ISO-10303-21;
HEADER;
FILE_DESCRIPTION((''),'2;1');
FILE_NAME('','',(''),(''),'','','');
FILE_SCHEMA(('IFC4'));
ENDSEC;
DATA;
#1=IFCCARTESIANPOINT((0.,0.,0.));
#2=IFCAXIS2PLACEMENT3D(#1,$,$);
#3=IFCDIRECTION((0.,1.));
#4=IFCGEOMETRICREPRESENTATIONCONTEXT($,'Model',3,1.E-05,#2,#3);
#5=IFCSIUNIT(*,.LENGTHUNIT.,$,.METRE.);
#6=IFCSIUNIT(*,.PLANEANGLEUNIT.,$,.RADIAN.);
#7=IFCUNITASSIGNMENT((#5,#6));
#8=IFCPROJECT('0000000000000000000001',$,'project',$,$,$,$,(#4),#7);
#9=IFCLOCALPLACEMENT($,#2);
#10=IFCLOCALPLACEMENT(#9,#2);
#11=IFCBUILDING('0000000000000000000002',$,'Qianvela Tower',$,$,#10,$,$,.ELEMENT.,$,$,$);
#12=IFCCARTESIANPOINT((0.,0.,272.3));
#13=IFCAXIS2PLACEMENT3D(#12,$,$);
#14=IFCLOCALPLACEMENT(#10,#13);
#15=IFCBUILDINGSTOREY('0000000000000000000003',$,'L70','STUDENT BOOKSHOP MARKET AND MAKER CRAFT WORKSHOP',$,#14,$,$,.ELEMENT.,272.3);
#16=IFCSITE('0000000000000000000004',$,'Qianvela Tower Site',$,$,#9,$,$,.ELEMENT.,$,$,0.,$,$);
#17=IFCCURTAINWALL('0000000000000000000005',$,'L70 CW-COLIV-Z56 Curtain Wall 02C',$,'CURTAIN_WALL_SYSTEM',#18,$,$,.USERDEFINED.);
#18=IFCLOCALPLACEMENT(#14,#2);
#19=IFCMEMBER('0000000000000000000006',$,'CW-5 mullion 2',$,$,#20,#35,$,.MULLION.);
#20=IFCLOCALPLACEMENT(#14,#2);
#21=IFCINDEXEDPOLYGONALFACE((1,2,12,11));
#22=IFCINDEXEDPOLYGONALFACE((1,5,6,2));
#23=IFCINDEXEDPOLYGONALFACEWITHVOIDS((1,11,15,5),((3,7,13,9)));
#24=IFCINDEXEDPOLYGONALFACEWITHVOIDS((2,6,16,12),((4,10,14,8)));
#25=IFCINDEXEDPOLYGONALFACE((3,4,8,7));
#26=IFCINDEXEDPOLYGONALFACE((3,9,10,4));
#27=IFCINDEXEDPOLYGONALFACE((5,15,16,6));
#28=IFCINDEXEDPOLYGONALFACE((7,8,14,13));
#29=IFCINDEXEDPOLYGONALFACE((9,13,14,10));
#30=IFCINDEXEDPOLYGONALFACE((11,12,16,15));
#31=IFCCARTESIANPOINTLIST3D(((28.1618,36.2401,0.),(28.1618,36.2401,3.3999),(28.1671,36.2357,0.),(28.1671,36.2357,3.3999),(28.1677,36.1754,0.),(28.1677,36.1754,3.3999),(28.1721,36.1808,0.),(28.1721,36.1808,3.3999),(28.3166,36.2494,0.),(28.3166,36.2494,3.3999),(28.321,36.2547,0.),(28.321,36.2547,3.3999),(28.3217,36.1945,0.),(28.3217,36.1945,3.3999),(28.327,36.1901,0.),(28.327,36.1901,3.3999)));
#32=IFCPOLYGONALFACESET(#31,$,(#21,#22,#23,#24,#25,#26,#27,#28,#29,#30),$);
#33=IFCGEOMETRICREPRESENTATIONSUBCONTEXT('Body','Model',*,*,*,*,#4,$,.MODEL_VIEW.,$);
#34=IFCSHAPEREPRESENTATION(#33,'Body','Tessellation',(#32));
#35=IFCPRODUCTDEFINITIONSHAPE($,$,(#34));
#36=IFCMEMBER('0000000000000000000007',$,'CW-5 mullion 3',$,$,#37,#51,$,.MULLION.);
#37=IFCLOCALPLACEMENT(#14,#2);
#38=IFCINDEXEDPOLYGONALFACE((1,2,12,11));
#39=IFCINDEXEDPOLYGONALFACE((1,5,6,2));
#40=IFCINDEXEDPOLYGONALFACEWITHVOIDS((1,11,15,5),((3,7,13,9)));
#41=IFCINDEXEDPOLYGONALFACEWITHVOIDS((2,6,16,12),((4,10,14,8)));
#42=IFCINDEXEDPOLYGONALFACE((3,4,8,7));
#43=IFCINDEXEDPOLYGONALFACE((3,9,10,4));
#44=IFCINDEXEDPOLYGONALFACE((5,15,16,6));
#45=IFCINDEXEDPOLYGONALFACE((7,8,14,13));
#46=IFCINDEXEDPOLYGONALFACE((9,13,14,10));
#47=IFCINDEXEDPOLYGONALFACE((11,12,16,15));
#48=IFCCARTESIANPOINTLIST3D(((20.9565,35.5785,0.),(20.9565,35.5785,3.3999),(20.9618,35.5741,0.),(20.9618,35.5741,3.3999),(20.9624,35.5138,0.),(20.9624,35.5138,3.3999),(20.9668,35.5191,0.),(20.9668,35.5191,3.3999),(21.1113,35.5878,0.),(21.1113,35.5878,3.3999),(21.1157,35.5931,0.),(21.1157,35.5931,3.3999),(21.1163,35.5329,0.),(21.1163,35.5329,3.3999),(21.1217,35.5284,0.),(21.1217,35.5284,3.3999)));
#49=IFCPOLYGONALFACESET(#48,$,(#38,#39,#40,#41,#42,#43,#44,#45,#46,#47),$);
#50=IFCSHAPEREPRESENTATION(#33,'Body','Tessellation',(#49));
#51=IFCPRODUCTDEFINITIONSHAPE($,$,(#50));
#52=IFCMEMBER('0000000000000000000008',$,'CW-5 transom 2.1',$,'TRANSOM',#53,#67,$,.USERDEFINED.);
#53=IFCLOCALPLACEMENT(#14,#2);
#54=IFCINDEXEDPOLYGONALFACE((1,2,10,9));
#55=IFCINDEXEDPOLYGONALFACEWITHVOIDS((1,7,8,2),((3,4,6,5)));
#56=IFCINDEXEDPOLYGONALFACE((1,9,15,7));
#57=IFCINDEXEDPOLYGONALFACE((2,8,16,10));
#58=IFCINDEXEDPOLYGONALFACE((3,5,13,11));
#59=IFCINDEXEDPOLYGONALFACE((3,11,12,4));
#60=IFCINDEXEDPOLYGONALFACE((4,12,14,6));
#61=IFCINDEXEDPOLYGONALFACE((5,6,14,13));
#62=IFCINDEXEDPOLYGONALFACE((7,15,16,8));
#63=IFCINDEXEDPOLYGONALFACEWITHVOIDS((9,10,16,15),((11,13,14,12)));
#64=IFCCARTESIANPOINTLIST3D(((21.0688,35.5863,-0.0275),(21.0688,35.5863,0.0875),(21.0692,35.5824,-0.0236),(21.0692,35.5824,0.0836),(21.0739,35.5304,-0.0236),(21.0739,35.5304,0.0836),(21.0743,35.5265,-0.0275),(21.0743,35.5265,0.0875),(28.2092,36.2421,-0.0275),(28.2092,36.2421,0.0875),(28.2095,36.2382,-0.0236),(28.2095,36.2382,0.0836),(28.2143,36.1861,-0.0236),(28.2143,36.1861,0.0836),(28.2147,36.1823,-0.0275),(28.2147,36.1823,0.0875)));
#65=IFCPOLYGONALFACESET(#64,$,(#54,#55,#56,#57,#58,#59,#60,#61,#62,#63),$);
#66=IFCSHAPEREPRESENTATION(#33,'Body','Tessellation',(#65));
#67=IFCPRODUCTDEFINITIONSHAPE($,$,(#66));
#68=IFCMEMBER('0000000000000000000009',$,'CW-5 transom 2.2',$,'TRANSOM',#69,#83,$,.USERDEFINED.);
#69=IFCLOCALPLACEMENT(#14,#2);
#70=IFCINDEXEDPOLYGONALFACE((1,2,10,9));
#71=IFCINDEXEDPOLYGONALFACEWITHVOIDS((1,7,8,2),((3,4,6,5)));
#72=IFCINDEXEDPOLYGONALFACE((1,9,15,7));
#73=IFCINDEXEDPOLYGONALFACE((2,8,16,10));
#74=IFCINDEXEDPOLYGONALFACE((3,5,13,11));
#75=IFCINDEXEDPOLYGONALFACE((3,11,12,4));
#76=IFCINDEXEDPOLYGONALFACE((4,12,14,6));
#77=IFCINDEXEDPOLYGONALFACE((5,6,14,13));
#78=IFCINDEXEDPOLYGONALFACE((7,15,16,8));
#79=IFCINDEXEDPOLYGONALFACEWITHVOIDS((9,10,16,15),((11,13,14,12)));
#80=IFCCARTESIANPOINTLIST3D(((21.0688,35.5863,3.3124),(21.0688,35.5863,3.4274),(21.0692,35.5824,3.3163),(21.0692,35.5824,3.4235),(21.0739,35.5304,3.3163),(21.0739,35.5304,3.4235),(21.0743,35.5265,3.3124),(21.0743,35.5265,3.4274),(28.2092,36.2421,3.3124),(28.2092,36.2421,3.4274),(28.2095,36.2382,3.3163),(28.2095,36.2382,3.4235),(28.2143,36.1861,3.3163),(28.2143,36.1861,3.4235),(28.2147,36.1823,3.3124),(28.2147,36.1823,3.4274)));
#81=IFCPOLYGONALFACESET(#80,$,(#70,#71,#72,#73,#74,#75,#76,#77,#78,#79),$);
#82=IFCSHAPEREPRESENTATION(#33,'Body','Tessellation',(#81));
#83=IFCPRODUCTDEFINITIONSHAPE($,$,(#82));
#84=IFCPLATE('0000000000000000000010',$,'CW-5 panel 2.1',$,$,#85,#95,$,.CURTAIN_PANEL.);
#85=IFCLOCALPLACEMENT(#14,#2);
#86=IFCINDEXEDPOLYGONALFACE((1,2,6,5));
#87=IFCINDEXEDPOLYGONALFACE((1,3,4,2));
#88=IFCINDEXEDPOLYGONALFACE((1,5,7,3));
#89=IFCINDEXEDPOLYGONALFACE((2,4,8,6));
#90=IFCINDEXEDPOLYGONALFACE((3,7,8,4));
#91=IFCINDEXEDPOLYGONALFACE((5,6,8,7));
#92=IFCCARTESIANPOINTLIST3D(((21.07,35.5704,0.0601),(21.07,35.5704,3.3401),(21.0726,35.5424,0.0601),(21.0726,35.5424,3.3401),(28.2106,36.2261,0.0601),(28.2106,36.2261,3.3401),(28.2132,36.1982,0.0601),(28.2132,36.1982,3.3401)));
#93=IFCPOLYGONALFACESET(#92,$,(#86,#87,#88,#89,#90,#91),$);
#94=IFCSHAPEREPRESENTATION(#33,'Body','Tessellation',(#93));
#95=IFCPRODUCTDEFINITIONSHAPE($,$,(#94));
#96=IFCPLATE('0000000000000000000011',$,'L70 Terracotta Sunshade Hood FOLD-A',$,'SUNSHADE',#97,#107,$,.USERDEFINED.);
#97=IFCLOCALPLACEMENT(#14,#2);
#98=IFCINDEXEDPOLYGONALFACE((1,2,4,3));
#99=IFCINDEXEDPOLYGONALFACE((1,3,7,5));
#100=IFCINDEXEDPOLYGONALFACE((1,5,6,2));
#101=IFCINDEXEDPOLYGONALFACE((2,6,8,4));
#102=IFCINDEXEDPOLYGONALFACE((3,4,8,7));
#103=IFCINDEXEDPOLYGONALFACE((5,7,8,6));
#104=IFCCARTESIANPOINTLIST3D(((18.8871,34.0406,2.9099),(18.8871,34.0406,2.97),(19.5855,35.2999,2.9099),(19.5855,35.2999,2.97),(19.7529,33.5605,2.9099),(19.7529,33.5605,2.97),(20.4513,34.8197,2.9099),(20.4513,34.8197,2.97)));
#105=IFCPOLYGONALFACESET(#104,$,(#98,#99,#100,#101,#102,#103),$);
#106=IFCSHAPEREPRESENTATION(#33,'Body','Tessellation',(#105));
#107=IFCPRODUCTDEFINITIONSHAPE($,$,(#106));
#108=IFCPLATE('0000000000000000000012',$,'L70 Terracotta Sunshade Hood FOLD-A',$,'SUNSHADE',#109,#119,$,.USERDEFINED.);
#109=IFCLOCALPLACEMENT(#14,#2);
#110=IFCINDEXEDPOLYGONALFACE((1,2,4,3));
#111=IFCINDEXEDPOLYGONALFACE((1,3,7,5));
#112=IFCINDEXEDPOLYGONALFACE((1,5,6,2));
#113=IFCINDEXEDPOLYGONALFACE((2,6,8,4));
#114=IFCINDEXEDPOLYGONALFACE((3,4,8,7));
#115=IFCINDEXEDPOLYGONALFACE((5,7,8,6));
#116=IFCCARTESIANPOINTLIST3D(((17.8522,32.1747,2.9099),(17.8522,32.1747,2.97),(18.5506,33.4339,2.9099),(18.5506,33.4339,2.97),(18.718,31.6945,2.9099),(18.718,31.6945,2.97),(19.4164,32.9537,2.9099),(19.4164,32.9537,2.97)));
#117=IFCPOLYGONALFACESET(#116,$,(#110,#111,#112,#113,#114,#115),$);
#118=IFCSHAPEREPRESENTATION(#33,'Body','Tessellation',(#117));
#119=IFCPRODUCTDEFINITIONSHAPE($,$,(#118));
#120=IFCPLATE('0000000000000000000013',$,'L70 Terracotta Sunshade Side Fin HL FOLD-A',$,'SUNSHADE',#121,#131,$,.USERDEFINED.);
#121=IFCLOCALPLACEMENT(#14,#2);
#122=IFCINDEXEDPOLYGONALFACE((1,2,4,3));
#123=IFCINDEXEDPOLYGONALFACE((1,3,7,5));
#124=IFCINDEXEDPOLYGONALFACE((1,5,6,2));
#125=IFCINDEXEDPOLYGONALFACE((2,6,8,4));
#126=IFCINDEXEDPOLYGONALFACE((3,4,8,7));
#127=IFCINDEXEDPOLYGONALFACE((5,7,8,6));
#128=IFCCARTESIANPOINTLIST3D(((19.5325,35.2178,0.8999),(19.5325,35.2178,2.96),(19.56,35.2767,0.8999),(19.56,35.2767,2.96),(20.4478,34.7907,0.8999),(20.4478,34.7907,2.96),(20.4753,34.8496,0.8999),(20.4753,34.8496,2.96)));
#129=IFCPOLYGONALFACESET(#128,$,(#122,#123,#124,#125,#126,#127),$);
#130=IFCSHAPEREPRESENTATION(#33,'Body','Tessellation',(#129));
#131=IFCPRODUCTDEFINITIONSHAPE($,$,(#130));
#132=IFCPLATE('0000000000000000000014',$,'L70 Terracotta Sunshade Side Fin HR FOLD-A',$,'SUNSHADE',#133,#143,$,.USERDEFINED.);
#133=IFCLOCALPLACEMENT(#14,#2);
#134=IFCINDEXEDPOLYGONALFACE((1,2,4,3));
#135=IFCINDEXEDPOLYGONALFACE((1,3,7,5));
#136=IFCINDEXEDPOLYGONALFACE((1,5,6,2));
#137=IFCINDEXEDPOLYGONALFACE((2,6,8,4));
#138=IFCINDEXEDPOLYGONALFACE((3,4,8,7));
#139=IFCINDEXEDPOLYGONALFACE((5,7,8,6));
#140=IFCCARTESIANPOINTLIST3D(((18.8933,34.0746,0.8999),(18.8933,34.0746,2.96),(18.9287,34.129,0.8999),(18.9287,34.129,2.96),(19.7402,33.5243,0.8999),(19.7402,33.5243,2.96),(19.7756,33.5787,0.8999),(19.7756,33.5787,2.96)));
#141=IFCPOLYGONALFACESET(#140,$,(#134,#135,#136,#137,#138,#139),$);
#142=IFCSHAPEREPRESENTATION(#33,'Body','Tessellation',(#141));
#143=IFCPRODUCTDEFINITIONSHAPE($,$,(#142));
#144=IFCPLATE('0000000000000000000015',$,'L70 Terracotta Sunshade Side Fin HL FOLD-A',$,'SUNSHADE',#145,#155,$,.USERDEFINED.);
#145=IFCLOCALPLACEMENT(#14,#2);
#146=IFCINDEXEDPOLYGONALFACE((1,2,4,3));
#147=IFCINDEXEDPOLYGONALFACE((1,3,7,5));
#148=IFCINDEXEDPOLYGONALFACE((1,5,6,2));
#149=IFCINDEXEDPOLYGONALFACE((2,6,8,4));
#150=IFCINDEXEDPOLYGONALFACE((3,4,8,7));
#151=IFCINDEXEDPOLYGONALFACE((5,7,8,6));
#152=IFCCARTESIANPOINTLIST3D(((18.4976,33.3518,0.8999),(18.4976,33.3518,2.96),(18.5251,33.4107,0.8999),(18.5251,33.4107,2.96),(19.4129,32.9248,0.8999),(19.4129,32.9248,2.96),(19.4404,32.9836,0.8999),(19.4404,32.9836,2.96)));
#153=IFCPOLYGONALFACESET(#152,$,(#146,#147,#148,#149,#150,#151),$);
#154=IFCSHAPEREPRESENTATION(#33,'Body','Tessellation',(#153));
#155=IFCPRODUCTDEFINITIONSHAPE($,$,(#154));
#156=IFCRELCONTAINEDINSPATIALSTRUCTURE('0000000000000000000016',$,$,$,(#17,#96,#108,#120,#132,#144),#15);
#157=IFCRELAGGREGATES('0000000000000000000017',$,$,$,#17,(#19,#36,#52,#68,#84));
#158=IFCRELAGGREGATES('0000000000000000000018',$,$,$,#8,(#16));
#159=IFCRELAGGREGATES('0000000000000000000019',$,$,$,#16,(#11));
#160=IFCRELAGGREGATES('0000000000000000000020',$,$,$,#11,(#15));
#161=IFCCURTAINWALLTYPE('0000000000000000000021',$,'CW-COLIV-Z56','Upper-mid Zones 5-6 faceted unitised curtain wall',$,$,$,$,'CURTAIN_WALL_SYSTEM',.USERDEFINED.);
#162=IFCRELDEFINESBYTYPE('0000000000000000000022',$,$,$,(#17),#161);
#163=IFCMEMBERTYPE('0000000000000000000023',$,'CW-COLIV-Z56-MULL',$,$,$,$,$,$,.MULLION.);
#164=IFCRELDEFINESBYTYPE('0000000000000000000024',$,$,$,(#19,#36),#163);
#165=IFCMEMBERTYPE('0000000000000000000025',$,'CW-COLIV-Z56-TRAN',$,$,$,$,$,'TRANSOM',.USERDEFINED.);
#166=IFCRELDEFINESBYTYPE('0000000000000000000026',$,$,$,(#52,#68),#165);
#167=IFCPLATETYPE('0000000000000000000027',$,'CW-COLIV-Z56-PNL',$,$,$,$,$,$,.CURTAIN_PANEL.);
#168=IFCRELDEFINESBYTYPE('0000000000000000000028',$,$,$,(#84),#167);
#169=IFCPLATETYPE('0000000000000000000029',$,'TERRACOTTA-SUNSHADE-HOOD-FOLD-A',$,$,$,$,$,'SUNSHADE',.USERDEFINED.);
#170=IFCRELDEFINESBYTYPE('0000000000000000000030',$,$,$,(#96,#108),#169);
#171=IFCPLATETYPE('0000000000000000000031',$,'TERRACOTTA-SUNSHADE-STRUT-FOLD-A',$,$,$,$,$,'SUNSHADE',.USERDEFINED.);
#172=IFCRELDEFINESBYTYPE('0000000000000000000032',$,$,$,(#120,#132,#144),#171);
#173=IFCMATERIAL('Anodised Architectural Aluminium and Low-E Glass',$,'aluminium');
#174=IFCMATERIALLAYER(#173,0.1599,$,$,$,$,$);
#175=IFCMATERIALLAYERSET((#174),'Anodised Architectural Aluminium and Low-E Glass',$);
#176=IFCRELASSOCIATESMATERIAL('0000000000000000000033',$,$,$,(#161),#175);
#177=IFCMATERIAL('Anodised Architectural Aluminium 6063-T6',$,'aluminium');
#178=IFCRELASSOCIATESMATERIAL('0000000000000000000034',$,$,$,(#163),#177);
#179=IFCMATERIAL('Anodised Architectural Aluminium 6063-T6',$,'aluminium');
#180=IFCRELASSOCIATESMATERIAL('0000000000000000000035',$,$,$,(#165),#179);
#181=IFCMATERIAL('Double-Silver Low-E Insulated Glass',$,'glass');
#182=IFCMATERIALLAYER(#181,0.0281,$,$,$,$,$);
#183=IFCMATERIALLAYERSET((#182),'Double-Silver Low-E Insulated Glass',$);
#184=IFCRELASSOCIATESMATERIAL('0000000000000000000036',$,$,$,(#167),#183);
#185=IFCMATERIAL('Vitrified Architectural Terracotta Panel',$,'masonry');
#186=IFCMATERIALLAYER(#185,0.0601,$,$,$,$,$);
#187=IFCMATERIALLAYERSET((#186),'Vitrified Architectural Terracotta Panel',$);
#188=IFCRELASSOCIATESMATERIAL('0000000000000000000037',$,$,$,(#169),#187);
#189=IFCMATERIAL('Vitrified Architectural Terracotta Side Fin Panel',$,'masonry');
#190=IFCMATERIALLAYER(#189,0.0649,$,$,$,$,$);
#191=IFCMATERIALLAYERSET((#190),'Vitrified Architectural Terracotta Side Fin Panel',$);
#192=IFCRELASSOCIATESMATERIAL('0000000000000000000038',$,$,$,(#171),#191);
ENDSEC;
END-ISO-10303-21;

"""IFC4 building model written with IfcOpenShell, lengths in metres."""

from ifc_helpers import new_model, si_unit, direction, frame, origin, origin_2d, place, context, subcontext, project, spatial, rectangle, hollow_rectangle, extrude, material, layer, layer_set, material_profile, profile_set, type_object, element, aggregate, save


model = new_model("IFC4")

# Units and contexts
model_context = context("Model", 3, precision=1e-05, world=origin(), true_north=direction((0.0, 1.0)))
body_context = subcontext(model_context, "Body", "Model", "MODEL_VIEW")
ifc_project = project(units=[si_unit("LENGTHUNIT", "METRE"), si_unit("PLANEANGLEUNIT", "RADIAN")], contexts=[model_context])

# Site, building, storey
site_placement = place(None, origin())
site = spatial("IfcSite", under=ifc_project, at=site_placement, Name="Qianvela Tower Site", CompositionType="ELEMENT", RefElevation=0.0)
building_placement = place(site_placement, origin())
building = spatial("IfcBuilding", under=site, at=building_placement, Name="Qianvela Tower", CompositionType="ELEMENT")
storey_placement = place(building_placement, frame((0.0, 0.0, 272.3)))
storey = spatial("IfcBuildingStorey", under=building, at=storey_placement, Name="L70", Description="STUDENT BOOKSHOP MARKET AND MAKER CRAFT WORKSHOP", CompositionType="ELEMENT", Elevation=272.3)

# Curtain wall, members, plate
ifc_material_1 = material(Name="Anodised Architectural Aluminium and Low-E Glass", Category="aluminium")
ifc_layer_1 = layer(ifc_material_1, 0.1599)
ifc_layer_set_1 = layer_set([ifc_layer_1], Name="Anodised Architectural Aluminium and Low-E Glass")
curtain_wall_type = type_object("IfcCurtainWallType", Name="CW-COLIV-Z56", Description="Upper-mid Zones 5-6 faceted unitised curtain wall", ElementType="CURTAIN_WALL_SYSTEM", PredefinedType="USERDEFINED", material=ifc_layer_set_1)
curtain_wall_placement = place(storey_placement, origin())
curtain_wall = element("IfcCurtainWall", 1, at=curtain_wall_placement, inside=storey, type_object=curtain_wall_type, Name="L70 CW-COLIV-Z56 Curtain Wall 02C", ObjectType="CURTAIN_WALL_SYSTEM", PredefinedType="USERDEFINED")
ifc_material_2 = material(Name="Anodised Architectural Aluminium 6063-T6", Category="aluminium")
ifc_material_profile_1 = material_profile(ifc_material_2, hollow_rectangle(XDim=0.0649, YDim=0.1599, WallThickness=0.0049, at=origin_2d()), Name="ALU-MULL-65x160")
ifc_profile_set_1 = profile_set([ifc_material_profile_1], Name="Anodised Architectural Aluminium 6063-T6")
member_type_1 = type_object("IfcMemberType", Name="CW-COLIV-Z56-MULL", PredefinedType="MULLION", material=ifc_profile_set_1)
member_1_placement = place(storey_placement, frame((28.2444, 36.2151, 0.0), z_axis=(0.0, 0.0, 1.0), x_axis=(0.091448, -0.99581, 0.0)))
member_1 = element("IfcMember", 2, at=member_1_placement, type_object=member_type_1, Name="CW-5 mullion 2", PredefinedType="MULLION", context=body_context, shape_type="SweptSolid", body=[
    extrude(hollow_rectangle(XDim=0.0649, YDim=0.1599, WallThickness=0.0049, at=origin_2d()), origin(), (0.0, 0.0, 1.0), 3.3999),
])
member_2_placement = place(storey_placement, frame((21.0391, 35.5535, 0.0), z_axis=(0.0, 0.0, 1.0), x_axis=(0.091448, -0.99581, 0.0)))
member_2 = element("IfcMember", 3, at=member_2_placement, type_object=member_type_1, Name="CW-5 mullion 3", PredefinedType="MULLION", context=body_context, shape_type="SweptSolid", body=[
    extrude(hollow_rectangle(XDim=0.0649, YDim=0.1599, WallThickness=0.0049, at=origin_2d()), origin(), (0.0, 0.0, 1.0), 3.3999),
])
ifc_material_3 = material(Name="Anodised Architectural Aluminium 6063-T6", Category="aluminium")
ifc_material_profile_2 = material_profile(ifc_material_3, hollow_rectangle(XDim=0.0601, YDim=0.115, WallThickness=0.0039, at=origin_2d()), Name="ALU-TRAN-60x115")
ifc_profile_set_2 = profile_set([ifc_material_profile_2], Name="Anodised Architectural Aluminium 6063-T6")
member_type_2 = type_object("IfcMemberType", Name="CW-COLIV-Z56-TRAN", ElementType="TRANSOM", PredefinedType="USERDEFINED", material=ifc_profile_set_2)
member_3_placement = place(storey_placement, frame((28.2119, 36.2122, 0.03), z_axis=(-0.995809, -0.091454, 0.0), x_axis=(0.091454, -0.995809, 0.0)))
member_3 = element("IfcMember", 4, at=member_3_placement, type_object=member_type_2, Name="CW-5 transom 2.1", ObjectType="TRANSOM", PredefinedType="USERDEFINED", context=body_context, shape_type="SweptSolid", body=[
    extrude(hollow_rectangle(XDim=0.0601, YDim=0.115, WallThickness=0.0039, at=origin_2d()), origin(), (0.0, 0.0, 1.0), 7.1704),
])
member_4_placement = place(storey_placement, frame((28.2119, 36.2122, 3.3699), z_axis=(-0.995809, -0.091454, 0.0), x_axis=(0.091454, -0.995809, 0.0)))
member_4 = element("IfcMember", 5, at=member_4_placement, type_object=member_type_2, Name="CW-5 transom 2.2", ObjectType="TRANSOM", PredefinedType="USERDEFINED", context=body_context, shape_type="SweptSolid", body=[
    extrude(hollow_rectangle(XDim=0.0601, YDim=0.115, WallThickness=0.0039, at=origin_2d()), origin(), (0.0, 0.0, 1.0), 7.1704),
])
ifc_material_4 = material(Name="Double-Silver Low-E Insulated Glass", Category="glass")
ifc_layer_2 = layer(ifc_material_4, 0.0281)
ifc_layer_set_2 = layer_set([ifc_layer_2], Name="Double-Silver Low-E Insulated Glass")
plate_type_1 = type_object("IfcPlateType", Name="CW-COLIV-Z56-PNL", PredefinedType="CURTAIN_PANEL", material=ifc_layer_set_2)
plate_placement = place(storey_placement, frame((24.6416, 35.8843, 0.0601), z_axis=(0.0, 0.0, 1.0), x_axis=(-0.99581, -0.091448, 0.0)))
plate = element("IfcPlate", 6, at=plate_placement, type_object=plate_type_1, Name="CW-5 panel 2.1", PredefinedType="CURTAIN_PANEL", context=body_context, shape_type="SweptSolid", body=[
    extrude(rectangle(XDim=7.1707, YDim=0.0281, at=origin_2d()), origin(), (0.0, 0.0, 1.0), 3.28),
])
aggregate(curtain_wall, [member_1, member_2, member_3, member_4, plate])

# Plates
ifc_material_5 = material(Name="Vitrified Architectural Terracotta Panel", Category="masonry")
ifc_layer_3 = layer(ifc_material_5, 0.0601)
ifc_layer_set_3 = layer_set([ifc_layer_3], Name="Vitrified Architectural Terracotta Panel")
plate_type_2 = type_object("IfcPlateType", Name="TERRACOTTA-SUNSHADE-HOOD-FOLD-A", ElementType="SUNSHADE", PredefinedType="USERDEFINED", material=ifc_layer_set_3)
for number, where, z_axis, x_axis, name in (
    (7, (19.6692, 34.4302, 2.9099), (0.0, 0.0, 1.0), (-0.48502, -0.874503, 0.0), "L70 Terracotta Sunshade Hood FOLD-A"),
    (8, (18.6343, 32.5642, 2.9099), (0.0, 0.0, 1.0), (-0.48502, -0.874503, 0.0), "L70 Terracotta Sunshade Hood FOLD-A"),
):
    element("IfcPlate", number, at=place(storey_placement, frame(where, z_axis=z_axis, x_axis=x_axis)), inside=storey, type_object=plate_type_2, Name=name, ObjectType="SUNSHADE", PredefinedType="USERDEFINED", context=body_context, shape_type="SweptSolid", body=[
        extrude(rectangle(XDim=1.4399, YDim=0.99, at=origin_2d()), origin(), (0.0, 0.0, 1.0), 0.0601),
    ])
ifc_material_6 = material(Name="Vitrified Architectural Terracotta Side Fin Panel", Category="masonry")
ifc_layer_4 = layer(ifc_material_6, 0.0649)
ifc_layer_set_4 = layer_set([ifc_layer_4], Name="Vitrified Architectural Terracotta Side Fin Panel")
plate_type_3 = type_object("IfcPlateType", Name="TERRACOTTA-SUNSHADE-STRUT-FOLD-A", ElementType="SUNSHADE", PredefinedType="USERDEFINED", material=ifc_layer_set_4)
for number, where, z_axis, x_axis, name in (
    (9, (20.0039, 35.0337, 0.8999), (0.0, 0.0, 1.0), (-0.422837, -0.906206, 0.0), "L70 Terracotta Sunshade Side Fin HL FOLD-A"),
    (10, (19.3345, 33.8267, 0.8999), (0.0, 0.0, 1.0), (-0.544841, -0.838539, 0.0), "L70 Terracotta Sunshade Side Fin HR FOLD-A"),
    (11, (18.969, 33.1677, 0.8999), (0.0, 0.0, 1.0), (-0.422837, -0.906206, 0.0), "L70 Terracotta Sunshade Side Fin HL FOLD-A"),
):
    element("IfcPlate", number, at=place(storey_placement, frame(where, z_axis=z_axis, x_axis=x_axis)), inside=storey, type_object=plate_type_3, Name=name, ObjectType="SUNSHADE", PredefinedType="USERDEFINED", context=body_context, shape_type="SweptSolid", body=[
        extrude(rectangle(XDim=0.0649, YDim=1.01, at=origin_2d()), origin(), (0.0, 0.0, 1.0), 2.0601),
    ])

save(model, "model.ifc")
